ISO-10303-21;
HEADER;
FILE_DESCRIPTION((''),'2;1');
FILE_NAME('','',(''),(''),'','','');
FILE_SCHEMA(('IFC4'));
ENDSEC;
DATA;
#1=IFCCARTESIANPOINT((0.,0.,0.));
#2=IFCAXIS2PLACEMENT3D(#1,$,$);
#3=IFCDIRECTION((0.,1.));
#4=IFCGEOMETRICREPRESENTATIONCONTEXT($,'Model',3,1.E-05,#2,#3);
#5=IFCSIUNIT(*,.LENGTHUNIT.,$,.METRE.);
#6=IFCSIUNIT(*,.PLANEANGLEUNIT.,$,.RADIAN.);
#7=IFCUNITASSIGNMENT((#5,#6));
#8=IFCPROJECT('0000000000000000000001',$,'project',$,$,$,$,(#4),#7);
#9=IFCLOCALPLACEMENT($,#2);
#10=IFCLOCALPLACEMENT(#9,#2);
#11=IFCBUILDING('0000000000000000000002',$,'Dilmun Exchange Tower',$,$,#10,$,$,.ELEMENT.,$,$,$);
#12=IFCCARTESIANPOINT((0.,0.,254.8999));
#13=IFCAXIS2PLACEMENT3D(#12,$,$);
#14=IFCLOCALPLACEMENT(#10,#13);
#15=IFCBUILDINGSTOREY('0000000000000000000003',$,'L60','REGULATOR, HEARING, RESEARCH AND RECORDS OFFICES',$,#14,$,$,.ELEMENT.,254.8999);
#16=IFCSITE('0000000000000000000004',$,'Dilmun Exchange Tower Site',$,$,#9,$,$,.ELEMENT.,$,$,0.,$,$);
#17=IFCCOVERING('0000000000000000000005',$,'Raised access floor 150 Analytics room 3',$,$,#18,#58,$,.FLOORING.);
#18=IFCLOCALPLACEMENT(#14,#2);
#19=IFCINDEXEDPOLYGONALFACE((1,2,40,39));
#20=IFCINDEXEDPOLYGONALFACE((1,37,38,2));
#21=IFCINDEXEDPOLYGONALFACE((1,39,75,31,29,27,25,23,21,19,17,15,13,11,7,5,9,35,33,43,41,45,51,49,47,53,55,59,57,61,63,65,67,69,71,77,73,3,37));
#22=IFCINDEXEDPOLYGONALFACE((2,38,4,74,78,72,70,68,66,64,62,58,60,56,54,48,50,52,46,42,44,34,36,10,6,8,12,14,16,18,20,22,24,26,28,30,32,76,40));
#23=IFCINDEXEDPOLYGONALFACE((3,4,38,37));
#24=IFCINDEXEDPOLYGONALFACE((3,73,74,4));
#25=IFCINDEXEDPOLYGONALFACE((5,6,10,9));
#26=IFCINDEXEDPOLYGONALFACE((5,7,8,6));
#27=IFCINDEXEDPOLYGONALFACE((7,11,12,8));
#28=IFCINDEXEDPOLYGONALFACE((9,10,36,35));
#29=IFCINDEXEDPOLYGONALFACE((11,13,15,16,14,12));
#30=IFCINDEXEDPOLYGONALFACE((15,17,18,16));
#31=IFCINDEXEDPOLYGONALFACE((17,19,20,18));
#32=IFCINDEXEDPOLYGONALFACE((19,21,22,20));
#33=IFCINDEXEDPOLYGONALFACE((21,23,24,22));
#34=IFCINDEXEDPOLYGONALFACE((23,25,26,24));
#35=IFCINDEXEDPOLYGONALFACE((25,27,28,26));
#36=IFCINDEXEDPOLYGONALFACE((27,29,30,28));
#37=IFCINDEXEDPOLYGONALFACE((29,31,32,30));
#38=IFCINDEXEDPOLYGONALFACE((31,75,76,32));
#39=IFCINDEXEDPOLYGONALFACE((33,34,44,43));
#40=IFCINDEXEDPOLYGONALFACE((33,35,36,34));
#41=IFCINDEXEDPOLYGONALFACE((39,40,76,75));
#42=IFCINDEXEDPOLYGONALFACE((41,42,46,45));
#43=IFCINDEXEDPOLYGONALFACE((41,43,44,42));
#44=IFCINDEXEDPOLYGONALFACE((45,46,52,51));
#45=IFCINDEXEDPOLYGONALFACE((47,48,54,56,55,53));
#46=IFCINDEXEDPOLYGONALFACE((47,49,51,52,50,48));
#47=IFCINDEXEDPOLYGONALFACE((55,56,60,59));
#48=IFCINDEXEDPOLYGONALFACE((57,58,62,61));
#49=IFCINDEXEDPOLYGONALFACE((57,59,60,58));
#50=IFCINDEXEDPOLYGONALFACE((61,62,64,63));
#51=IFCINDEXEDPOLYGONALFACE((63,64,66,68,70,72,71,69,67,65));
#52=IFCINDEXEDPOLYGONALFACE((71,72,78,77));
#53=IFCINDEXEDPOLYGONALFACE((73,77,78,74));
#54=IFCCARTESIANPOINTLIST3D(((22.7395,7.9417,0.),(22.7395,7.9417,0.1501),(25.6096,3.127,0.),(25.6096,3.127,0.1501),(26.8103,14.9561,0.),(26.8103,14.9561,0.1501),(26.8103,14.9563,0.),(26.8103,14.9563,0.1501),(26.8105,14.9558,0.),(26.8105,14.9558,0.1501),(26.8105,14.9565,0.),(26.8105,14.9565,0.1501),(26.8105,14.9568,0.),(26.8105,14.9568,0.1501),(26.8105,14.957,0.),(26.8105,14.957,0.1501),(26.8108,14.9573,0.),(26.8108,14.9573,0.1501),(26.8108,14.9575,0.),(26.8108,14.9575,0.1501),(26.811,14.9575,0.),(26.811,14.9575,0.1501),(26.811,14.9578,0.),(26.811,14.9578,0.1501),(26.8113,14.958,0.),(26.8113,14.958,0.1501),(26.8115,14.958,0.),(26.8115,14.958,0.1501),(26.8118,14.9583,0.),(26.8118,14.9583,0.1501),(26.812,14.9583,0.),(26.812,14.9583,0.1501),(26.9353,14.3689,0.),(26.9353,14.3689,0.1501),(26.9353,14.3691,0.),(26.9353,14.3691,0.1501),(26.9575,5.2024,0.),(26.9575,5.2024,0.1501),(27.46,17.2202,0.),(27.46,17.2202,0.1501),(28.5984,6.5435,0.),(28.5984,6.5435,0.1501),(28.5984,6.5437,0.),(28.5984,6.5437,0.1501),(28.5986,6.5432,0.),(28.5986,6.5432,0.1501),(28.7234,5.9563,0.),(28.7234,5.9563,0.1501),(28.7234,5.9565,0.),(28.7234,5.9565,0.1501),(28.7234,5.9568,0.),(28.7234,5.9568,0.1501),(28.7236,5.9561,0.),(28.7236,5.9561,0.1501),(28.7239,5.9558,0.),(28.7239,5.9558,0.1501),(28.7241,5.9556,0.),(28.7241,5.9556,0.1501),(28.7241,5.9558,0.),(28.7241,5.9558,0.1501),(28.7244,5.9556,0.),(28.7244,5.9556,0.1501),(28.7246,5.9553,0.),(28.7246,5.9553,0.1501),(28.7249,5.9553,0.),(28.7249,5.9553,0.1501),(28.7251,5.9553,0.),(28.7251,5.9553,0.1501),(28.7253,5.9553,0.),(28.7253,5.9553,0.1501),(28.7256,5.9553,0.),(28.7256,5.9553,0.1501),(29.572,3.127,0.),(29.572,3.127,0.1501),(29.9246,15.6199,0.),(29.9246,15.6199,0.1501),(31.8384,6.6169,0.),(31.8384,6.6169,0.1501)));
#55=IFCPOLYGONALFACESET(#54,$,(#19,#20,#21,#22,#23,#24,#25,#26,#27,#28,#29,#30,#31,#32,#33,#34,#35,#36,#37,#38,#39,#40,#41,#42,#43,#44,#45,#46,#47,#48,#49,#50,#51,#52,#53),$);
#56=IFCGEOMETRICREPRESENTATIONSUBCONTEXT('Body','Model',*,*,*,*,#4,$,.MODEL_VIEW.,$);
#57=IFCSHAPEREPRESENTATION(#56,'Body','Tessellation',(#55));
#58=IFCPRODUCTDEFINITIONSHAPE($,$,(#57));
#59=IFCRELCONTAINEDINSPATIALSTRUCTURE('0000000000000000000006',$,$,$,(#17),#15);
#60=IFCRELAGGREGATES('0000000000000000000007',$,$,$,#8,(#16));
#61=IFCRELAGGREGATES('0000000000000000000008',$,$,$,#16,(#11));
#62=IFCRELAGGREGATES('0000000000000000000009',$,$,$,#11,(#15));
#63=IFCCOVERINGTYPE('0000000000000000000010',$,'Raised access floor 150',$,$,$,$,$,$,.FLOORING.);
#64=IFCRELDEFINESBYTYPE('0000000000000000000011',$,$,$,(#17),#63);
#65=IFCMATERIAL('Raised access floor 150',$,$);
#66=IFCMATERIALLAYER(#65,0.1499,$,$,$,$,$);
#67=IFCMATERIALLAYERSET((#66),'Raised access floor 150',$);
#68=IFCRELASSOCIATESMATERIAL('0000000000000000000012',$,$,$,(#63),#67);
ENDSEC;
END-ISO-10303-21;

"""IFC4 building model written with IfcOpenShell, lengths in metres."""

from ifc_helpers import new_model, si_unit, direction, frame, origin, place, context, subcontext, project, spatial, polyline, outline, extrude, material, layer, layer_set, type_object, element, save


model = new_model("IFC4")

# Units and contexts
model_context = context("Model", 3, precision=1e-05, world=origin(), true_north=direction((0.0, 1.0)))
body_context = subcontext(model_context, "Body", "Model", "MODEL_VIEW")
ifc_project = project(units=[si_unit("LENGTHUNIT", "METRE"), si_unit("PLANEANGLEUNIT", "RADIAN")], contexts=[model_context])

# Site, building, storey
site_placement = place(None, origin())
site = spatial("IfcSite", under=ifc_project, at=site_placement, Name="Dilmun Exchange Tower Site", CompositionType="ELEMENT", RefElevation=0.0)
building_placement = place(site_placement, origin())
building = spatial("IfcBuilding", under=site, at=building_placement, Name="Dilmun Exchange Tower", CompositionType="ELEMENT")
storey_placement = place(building_placement, frame((0.0, 0.0, 254.8999)))
storey = spatial("IfcBuildingStorey", under=building, at=storey_placement, Name="L60", Description="REGULATOR, HEARING, RESEARCH AND RECORDS OFFICES", CompositionType="ELEMENT", Elevation=254.8999)

# Covering
ifc_material_1 = material(Name="Raised access floor 150")
ifc_layer_1 = layer(ifc_material_1, 0.1499)
ifc_layer_set_1 = layer_set([ifc_layer_1], Name="Raised access floor 150")
covering_type_1 = type_object("IfcCoveringType", Name="Raised access floor 150", PredefinedType="FLOORING", material=ifc_layer_set_1)
covering_1_placement = place(storey_placement, origin())
element("IfcCovering", 1, at=covering_1_placement, inside=storey, type_object=covering_type_1, Name="Raised access floor 150 Analytics room 3", PredefinedType="FLOORING", context=body_context, shape_type="SweptSolid", body=[
    extrude(outline(polyline([(26.9575, 5.2024), (22.7395, 7.9417), (27.46, 17.2202), (29.9246, 15.6199), (26.812, 14.9583), (26.8118, 14.9583), (26.8115, 14.958), (26.8115, 14.958), (26.8113, 14.958), (26.811, 14.9578), (26.811, 14.9575), (26.8108, 14.9575), (26.8108, 14.9573), (26.8108, 14.9573), (26.8105, 14.957), (26.8105, 14.9568), (26.8105, 14.9565), (26.8103, 14.9563), (26.8103, 14.9563), (26.8103, 14.9561), (26.8105, 14.9558), (26.9353, 14.3691), (26.9353, 14.3691), (26.9353, 14.3689), (28.5984, 6.5437), (28.5984, 6.5435), (28.5986, 6.5432), (28.5986, 6.5432), (28.7234, 5.9568), (28.7234, 5.9568), (28.7234, 5.9565), (28.7234, 5.9563), (28.7236, 5.9561), (28.7236, 5.9561), (28.7239, 5.9558), (28.7241, 5.9558), (28.7241, 5.9556), (28.7244, 5.9556), (28.7246, 5.9553), (28.7246, 5.9553), (28.7249, 5.9553), (28.7251, 5.9553), (28.7253, 5.9553), (28.7256, 5.9553), (28.7256, 5.9553), (31.8384, 6.6169), (29.572, 3.127), (25.6096, 3.127), (26.9575, 5.2024)])), origin(), (0.0, 0.0, 1.0), 0.1501),
])

save(model, "model.ifc")
